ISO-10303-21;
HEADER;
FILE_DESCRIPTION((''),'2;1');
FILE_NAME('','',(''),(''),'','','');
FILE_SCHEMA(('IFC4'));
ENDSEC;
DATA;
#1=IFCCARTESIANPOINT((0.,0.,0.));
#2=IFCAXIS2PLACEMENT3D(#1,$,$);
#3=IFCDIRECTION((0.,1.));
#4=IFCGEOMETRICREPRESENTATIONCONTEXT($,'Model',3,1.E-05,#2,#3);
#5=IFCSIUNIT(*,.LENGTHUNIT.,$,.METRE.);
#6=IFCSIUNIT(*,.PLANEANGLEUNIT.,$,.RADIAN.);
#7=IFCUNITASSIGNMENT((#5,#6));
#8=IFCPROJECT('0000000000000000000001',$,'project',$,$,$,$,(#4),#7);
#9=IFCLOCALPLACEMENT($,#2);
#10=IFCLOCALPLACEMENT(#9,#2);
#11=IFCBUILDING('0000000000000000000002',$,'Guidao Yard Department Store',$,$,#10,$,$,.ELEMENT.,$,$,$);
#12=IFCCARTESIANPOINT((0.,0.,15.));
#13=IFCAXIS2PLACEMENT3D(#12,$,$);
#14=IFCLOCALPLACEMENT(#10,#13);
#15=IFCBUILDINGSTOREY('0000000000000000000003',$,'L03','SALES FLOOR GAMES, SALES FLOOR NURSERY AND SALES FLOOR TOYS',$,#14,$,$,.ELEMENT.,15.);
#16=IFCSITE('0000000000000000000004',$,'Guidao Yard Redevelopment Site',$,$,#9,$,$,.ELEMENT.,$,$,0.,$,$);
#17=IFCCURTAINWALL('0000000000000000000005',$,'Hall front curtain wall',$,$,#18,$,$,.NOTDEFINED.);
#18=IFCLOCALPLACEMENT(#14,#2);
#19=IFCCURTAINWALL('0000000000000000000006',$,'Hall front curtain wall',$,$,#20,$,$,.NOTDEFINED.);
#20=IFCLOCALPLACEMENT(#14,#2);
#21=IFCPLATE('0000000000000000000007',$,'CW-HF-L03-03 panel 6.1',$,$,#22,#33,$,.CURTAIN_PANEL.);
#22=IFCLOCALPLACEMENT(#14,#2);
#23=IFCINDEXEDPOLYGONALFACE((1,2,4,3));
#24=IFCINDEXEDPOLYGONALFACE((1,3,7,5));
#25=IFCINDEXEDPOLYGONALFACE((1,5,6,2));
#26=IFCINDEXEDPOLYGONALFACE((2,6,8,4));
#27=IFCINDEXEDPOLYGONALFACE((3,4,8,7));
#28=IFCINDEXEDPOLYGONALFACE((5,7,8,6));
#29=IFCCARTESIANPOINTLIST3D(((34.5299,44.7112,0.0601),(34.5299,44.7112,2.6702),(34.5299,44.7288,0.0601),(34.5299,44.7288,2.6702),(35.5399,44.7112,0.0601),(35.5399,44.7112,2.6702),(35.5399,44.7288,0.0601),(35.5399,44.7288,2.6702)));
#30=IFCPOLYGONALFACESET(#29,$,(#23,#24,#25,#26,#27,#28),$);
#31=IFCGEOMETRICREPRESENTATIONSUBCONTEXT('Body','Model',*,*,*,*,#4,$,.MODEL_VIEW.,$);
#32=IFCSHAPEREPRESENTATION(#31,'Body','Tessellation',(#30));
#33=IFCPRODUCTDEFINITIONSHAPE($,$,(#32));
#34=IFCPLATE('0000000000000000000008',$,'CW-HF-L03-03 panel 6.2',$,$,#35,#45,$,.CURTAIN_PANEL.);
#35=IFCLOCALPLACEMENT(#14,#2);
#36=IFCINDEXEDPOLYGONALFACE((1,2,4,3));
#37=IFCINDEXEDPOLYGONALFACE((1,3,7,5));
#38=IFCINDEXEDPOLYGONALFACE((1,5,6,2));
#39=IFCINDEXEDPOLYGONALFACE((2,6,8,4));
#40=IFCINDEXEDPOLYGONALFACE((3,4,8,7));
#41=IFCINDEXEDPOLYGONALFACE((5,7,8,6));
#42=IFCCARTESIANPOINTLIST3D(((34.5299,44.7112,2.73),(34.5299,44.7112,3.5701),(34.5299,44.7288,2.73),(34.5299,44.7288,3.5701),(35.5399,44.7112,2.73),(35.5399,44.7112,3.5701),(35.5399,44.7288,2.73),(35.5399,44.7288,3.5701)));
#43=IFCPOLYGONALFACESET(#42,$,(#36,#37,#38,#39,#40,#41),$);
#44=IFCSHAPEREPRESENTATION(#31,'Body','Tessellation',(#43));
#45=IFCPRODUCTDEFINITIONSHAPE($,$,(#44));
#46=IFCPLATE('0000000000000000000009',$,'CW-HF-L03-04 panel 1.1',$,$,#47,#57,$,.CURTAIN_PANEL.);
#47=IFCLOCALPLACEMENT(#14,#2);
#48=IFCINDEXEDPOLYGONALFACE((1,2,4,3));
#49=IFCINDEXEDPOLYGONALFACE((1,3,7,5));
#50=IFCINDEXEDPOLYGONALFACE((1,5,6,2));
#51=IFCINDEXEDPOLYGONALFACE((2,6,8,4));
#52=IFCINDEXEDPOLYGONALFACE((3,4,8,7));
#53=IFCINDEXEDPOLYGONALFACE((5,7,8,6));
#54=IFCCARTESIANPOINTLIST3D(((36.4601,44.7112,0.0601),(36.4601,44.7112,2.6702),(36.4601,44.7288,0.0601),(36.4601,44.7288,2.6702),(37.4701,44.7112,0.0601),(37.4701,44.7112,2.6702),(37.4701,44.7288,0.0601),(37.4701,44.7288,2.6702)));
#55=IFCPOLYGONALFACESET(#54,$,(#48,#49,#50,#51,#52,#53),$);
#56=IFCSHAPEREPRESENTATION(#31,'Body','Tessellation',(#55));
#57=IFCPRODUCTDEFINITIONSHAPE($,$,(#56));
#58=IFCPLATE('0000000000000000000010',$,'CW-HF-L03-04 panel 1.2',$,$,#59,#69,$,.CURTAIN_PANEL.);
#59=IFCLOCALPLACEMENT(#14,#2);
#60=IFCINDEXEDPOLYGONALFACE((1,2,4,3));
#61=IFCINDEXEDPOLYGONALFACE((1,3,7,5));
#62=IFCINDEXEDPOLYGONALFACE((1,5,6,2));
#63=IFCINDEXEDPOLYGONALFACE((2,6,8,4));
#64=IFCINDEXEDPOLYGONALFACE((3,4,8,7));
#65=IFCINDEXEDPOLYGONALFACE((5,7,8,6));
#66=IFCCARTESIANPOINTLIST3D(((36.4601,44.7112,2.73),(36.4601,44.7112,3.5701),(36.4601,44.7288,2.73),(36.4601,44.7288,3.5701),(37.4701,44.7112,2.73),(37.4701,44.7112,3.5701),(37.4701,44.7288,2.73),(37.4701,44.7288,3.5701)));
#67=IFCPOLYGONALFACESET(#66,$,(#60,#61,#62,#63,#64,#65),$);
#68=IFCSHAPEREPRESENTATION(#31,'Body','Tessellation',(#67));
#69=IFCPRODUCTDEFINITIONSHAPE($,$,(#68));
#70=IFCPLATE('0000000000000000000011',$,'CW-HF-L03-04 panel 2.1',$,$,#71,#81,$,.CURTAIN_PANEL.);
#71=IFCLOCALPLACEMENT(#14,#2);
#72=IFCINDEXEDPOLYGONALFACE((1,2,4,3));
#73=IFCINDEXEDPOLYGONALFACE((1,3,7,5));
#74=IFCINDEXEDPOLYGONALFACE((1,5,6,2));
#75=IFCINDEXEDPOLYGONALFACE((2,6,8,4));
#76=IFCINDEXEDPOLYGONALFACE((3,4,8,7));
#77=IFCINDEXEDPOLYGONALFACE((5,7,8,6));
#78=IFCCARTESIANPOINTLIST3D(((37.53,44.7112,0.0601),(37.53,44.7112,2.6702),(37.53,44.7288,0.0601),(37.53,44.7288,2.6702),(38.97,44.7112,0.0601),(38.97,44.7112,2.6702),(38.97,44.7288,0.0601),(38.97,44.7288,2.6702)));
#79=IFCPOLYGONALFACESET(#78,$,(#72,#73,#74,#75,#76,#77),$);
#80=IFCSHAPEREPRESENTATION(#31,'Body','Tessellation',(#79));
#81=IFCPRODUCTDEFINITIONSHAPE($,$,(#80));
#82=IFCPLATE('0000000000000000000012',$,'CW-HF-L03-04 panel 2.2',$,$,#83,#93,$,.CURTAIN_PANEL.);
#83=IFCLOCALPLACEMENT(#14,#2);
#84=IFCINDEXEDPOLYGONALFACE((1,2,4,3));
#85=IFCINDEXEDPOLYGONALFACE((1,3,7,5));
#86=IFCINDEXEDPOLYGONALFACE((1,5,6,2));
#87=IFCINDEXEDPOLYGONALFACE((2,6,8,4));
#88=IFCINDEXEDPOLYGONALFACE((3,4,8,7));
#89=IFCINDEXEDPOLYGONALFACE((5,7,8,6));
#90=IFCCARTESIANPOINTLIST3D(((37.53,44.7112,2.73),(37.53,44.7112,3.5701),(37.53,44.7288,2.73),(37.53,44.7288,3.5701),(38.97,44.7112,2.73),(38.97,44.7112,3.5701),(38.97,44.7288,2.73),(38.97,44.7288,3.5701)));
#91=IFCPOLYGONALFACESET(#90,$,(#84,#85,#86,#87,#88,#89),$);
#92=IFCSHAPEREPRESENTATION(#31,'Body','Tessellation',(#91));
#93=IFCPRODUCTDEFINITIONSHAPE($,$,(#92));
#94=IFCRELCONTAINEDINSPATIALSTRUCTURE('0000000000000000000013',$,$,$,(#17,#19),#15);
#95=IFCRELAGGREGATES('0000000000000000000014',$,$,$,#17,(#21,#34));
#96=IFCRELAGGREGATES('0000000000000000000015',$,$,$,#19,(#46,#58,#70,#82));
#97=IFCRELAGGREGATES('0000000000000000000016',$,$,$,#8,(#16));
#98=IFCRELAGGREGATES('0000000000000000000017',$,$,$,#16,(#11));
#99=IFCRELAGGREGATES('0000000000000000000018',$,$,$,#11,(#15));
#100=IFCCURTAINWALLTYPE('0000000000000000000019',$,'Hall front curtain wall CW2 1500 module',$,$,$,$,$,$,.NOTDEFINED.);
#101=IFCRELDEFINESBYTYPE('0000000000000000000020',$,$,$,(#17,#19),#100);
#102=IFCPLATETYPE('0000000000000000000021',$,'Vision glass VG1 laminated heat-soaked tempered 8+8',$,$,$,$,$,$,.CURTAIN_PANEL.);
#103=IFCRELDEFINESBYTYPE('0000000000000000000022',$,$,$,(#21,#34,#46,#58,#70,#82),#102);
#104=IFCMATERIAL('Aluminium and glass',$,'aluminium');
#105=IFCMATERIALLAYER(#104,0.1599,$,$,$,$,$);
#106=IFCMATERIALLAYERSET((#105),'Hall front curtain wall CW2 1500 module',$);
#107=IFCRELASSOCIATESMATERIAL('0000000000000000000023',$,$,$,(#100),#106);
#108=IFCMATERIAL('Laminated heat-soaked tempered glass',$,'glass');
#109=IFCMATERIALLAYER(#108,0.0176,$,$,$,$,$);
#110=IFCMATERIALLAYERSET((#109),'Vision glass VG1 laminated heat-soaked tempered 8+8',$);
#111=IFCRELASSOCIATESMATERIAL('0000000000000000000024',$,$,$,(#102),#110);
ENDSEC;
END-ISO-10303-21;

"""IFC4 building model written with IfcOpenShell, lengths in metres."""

from ifc_helpers import new_model, si_unit, direction, frame, origin, origin_2d, place, context, subcontext, project, spatial, rectangle, extrude, material, layer, layer_set, type_object, element, aggregate, save


model = new_model("IFC4")

# Units and contexts
model_context = context("Model", 3, precision=1e-05, world=origin(), true_north=direction((0.0, 1.0)))
body_context = subcontext(model_context, "Body", "Model", "MODEL_VIEW")
ifc_project = project(units=[si_unit("LENGTHUNIT", "METRE"), si_unit("PLANEANGLEUNIT", "RADIAN")], contexts=[model_context])

# Site, building, storey
site_placement = place(None, origin())
site = spatial("IfcSite", under=ifc_project, at=site_placement, Name="Guidao Yard Redevelopment Site", CompositionType="ELEMENT", RefElevation=0.0)
building_placement = place(site_placement, origin())
building = spatial("IfcBuilding", under=site, at=building_placement, Name="Guidao Yard Department Store", CompositionType="ELEMENT")
storey_placement = place(building_placement, frame((0.0, 0.0, 15.0)))
storey = spatial("IfcBuildingStorey", under=building, at=storey_placement, Name="L03", Description="SALES FLOOR GAMES, SALES FLOOR NURSERY AND SALES FLOOR TOYS", CompositionType="ELEMENT", Elevation=15.0)

# Curtain walls
ifc_material_1 = material(Name="Aluminium and glass", Category="aluminium")
ifc_layer_1 = layer(ifc_material_1, 0.1599)
ifc_layer_set_1 = layer_set([ifc_layer_1], Name="Hall front curtain wall CW2 1500 module")
curtain_wall_type = type_object("IfcCurtainWallType", Name="Hall front curtain wall CW2 1500 module", PredefinedType="NOTDEFINED", material=ifc_layer_set_1)
curtain_wall_1_placement = place(storey_placement, origin())
curtain_wall_1 = element("IfcCurtainWall", 1, at=curtain_wall_1_placement, inside=storey, type_object=curtain_wall_type, Name="Hall front curtain wall", PredefinedType="NOTDEFINED")
curtain_wall_2_placement = place(storey_placement, origin())
curtain_wall_2 = element("IfcCurtainWall", 2, at=curtain_wall_2_placement, inside=storey, type_object=curtain_wall_type, Name="Hall front curtain wall", PredefinedType="NOTDEFINED")

# Plates
ifc_material_2 = material(Name="Laminated heat-soaked tempered glass", Category="glass")
ifc_layer_2 = layer(ifc_material_2, 0.0176)
ifc_layer_set_2 = layer_set([ifc_layer_2], Name="Vision glass VG1 laminated heat-soaked tempered 8+8")
plate_type_1 = type_object("IfcPlateType", Name="Vision glass VG1 laminated heat-soaked tempered 8+8", PredefinedType="CURTAIN_PANEL", material=ifc_layer_set_2)
plate_1_placement = place(storey_placement, frame((35.0349, 44.72, 0.0601), z_axis=(0.0, 0.0, 1.0), x_axis=(-1.0, 0.0, 0.0)))
plate_1 = element("IfcPlate", 3, at=plate_1_placement, type_object=plate_type_1, Name="CW-HF-L03-03 panel 6.1", PredefinedType="CURTAIN_PANEL", context=body_context, shape_type="SweptSolid", body=[
    extrude(rectangle(XDim=1.01, YDim=0.0176, at=origin_2d()), origin(), (0.0, 0.0, 1.0), 2.6101),
])
plate_2_placement = place(storey_placement, frame((35.0349, 44.72, 2.73), z_axis=(0.0, 0.0, 1.0), x_axis=(-1.0, 0.0, 0.0)))
plate_2 = element("IfcPlate", 4, at=plate_2_placement, type_object=plate_type_1, Name="CW-HF-L03-03 panel 6.2", PredefinedType="CURTAIN_PANEL", context=body_context, shape_type="SweptSolid", body=[
    extrude(rectangle(XDim=1.01, YDim=0.0176, at=origin_2d()), origin(), (0.0, 0.0, 1.0), 0.8401),
])
aggregate(curtain_wall_1, [plate_1, plate_2])
plate_3_placement = place(storey_placement, frame((36.9651, 44.72, 0.0601), z_axis=(0.0, 0.0, 1.0), x_axis=(-1.0, 0.0, 0.0)))
plate_3 = element("IfcPlate", 5, at=plate_3_placement, type_object=plate_type_1, Name="CW-HF-L03-04 panel 1.1", PredefinedType="CURTAIN_PANEL", context=body_context, shape_type="SweptSolid", body=[
    extrude(rectangle(XDim=1.01, YDim=0.0176, at=origin_2d()), origin(), (0.0, 0.0, 1.0), 2.6101),
])
plate_4_placement = place(storey_placement, frame((36.9651, 44.72, 2.73), z_axis=(0.0, 0.0, 1.0), x_axis=(-1.0, 0.0, 0.0)))
plate_4 = element("IfcPlate", 6, at=plate_4_placement, type_object=plate_type_1, Name="CW-HF-L03-04 panel 1.2", PredefinedType="CURTAIN_PANEL", context=body_context, shape_type="SweptSolid", body=[
    extrude(rectangle(XDim=1.01, YDim=0.0176, at=origin_2d()), origin(), (0.0, 0.0, 1.0), 0.8401),
])
plate_5_placement = place(storey_placement, frame((38.25, 44.72, 0.0601), z_axis=(0.0, 0.0, 1.0), x_axis=(-1.0, 0.0, 0.0)))
plate_5 = element("IfcPlate", 7, at=plate_5_placement, type_object=plate_type_1, Name="CW-HF-L03-04 panel 2.1", PredefinedType="CURTAIN_PANEL", context=body_context, shape_type="SweptSolid", body=[
    extrude(rectangle(XDim=1.4399, YDim=0.0176, at=origin_2d()), origin(), (0.0, 0.0, 1.0), 2.6101),
])
plate_6_placement = place(storey_placement, frame((38.25, 44.72, 2.73), z_axis=(0.0, 0.0, 1.0), x_axis=(-1.0, 0.0, 0.0)))
plate_6 = element("IfcPlate", 8, at=plate_6_placement, type_object=plate_type_1, Name="CW-HF-L03-04 panel 2.2", PredefinedType="CURTAIN_PANEL", context=body_context, shape_type="SweptSolid", body=[
    extrude(rectangle(XDim=1.4399, YDim=0.0176, at=origin_2d()), origin(), (0.0, 0.0, 1.0), 0.8401),
])
aggregate(curtain_wall_2, [plate_3, plate_4, plate_5, plate_6])

save(model, "model.ifc")
